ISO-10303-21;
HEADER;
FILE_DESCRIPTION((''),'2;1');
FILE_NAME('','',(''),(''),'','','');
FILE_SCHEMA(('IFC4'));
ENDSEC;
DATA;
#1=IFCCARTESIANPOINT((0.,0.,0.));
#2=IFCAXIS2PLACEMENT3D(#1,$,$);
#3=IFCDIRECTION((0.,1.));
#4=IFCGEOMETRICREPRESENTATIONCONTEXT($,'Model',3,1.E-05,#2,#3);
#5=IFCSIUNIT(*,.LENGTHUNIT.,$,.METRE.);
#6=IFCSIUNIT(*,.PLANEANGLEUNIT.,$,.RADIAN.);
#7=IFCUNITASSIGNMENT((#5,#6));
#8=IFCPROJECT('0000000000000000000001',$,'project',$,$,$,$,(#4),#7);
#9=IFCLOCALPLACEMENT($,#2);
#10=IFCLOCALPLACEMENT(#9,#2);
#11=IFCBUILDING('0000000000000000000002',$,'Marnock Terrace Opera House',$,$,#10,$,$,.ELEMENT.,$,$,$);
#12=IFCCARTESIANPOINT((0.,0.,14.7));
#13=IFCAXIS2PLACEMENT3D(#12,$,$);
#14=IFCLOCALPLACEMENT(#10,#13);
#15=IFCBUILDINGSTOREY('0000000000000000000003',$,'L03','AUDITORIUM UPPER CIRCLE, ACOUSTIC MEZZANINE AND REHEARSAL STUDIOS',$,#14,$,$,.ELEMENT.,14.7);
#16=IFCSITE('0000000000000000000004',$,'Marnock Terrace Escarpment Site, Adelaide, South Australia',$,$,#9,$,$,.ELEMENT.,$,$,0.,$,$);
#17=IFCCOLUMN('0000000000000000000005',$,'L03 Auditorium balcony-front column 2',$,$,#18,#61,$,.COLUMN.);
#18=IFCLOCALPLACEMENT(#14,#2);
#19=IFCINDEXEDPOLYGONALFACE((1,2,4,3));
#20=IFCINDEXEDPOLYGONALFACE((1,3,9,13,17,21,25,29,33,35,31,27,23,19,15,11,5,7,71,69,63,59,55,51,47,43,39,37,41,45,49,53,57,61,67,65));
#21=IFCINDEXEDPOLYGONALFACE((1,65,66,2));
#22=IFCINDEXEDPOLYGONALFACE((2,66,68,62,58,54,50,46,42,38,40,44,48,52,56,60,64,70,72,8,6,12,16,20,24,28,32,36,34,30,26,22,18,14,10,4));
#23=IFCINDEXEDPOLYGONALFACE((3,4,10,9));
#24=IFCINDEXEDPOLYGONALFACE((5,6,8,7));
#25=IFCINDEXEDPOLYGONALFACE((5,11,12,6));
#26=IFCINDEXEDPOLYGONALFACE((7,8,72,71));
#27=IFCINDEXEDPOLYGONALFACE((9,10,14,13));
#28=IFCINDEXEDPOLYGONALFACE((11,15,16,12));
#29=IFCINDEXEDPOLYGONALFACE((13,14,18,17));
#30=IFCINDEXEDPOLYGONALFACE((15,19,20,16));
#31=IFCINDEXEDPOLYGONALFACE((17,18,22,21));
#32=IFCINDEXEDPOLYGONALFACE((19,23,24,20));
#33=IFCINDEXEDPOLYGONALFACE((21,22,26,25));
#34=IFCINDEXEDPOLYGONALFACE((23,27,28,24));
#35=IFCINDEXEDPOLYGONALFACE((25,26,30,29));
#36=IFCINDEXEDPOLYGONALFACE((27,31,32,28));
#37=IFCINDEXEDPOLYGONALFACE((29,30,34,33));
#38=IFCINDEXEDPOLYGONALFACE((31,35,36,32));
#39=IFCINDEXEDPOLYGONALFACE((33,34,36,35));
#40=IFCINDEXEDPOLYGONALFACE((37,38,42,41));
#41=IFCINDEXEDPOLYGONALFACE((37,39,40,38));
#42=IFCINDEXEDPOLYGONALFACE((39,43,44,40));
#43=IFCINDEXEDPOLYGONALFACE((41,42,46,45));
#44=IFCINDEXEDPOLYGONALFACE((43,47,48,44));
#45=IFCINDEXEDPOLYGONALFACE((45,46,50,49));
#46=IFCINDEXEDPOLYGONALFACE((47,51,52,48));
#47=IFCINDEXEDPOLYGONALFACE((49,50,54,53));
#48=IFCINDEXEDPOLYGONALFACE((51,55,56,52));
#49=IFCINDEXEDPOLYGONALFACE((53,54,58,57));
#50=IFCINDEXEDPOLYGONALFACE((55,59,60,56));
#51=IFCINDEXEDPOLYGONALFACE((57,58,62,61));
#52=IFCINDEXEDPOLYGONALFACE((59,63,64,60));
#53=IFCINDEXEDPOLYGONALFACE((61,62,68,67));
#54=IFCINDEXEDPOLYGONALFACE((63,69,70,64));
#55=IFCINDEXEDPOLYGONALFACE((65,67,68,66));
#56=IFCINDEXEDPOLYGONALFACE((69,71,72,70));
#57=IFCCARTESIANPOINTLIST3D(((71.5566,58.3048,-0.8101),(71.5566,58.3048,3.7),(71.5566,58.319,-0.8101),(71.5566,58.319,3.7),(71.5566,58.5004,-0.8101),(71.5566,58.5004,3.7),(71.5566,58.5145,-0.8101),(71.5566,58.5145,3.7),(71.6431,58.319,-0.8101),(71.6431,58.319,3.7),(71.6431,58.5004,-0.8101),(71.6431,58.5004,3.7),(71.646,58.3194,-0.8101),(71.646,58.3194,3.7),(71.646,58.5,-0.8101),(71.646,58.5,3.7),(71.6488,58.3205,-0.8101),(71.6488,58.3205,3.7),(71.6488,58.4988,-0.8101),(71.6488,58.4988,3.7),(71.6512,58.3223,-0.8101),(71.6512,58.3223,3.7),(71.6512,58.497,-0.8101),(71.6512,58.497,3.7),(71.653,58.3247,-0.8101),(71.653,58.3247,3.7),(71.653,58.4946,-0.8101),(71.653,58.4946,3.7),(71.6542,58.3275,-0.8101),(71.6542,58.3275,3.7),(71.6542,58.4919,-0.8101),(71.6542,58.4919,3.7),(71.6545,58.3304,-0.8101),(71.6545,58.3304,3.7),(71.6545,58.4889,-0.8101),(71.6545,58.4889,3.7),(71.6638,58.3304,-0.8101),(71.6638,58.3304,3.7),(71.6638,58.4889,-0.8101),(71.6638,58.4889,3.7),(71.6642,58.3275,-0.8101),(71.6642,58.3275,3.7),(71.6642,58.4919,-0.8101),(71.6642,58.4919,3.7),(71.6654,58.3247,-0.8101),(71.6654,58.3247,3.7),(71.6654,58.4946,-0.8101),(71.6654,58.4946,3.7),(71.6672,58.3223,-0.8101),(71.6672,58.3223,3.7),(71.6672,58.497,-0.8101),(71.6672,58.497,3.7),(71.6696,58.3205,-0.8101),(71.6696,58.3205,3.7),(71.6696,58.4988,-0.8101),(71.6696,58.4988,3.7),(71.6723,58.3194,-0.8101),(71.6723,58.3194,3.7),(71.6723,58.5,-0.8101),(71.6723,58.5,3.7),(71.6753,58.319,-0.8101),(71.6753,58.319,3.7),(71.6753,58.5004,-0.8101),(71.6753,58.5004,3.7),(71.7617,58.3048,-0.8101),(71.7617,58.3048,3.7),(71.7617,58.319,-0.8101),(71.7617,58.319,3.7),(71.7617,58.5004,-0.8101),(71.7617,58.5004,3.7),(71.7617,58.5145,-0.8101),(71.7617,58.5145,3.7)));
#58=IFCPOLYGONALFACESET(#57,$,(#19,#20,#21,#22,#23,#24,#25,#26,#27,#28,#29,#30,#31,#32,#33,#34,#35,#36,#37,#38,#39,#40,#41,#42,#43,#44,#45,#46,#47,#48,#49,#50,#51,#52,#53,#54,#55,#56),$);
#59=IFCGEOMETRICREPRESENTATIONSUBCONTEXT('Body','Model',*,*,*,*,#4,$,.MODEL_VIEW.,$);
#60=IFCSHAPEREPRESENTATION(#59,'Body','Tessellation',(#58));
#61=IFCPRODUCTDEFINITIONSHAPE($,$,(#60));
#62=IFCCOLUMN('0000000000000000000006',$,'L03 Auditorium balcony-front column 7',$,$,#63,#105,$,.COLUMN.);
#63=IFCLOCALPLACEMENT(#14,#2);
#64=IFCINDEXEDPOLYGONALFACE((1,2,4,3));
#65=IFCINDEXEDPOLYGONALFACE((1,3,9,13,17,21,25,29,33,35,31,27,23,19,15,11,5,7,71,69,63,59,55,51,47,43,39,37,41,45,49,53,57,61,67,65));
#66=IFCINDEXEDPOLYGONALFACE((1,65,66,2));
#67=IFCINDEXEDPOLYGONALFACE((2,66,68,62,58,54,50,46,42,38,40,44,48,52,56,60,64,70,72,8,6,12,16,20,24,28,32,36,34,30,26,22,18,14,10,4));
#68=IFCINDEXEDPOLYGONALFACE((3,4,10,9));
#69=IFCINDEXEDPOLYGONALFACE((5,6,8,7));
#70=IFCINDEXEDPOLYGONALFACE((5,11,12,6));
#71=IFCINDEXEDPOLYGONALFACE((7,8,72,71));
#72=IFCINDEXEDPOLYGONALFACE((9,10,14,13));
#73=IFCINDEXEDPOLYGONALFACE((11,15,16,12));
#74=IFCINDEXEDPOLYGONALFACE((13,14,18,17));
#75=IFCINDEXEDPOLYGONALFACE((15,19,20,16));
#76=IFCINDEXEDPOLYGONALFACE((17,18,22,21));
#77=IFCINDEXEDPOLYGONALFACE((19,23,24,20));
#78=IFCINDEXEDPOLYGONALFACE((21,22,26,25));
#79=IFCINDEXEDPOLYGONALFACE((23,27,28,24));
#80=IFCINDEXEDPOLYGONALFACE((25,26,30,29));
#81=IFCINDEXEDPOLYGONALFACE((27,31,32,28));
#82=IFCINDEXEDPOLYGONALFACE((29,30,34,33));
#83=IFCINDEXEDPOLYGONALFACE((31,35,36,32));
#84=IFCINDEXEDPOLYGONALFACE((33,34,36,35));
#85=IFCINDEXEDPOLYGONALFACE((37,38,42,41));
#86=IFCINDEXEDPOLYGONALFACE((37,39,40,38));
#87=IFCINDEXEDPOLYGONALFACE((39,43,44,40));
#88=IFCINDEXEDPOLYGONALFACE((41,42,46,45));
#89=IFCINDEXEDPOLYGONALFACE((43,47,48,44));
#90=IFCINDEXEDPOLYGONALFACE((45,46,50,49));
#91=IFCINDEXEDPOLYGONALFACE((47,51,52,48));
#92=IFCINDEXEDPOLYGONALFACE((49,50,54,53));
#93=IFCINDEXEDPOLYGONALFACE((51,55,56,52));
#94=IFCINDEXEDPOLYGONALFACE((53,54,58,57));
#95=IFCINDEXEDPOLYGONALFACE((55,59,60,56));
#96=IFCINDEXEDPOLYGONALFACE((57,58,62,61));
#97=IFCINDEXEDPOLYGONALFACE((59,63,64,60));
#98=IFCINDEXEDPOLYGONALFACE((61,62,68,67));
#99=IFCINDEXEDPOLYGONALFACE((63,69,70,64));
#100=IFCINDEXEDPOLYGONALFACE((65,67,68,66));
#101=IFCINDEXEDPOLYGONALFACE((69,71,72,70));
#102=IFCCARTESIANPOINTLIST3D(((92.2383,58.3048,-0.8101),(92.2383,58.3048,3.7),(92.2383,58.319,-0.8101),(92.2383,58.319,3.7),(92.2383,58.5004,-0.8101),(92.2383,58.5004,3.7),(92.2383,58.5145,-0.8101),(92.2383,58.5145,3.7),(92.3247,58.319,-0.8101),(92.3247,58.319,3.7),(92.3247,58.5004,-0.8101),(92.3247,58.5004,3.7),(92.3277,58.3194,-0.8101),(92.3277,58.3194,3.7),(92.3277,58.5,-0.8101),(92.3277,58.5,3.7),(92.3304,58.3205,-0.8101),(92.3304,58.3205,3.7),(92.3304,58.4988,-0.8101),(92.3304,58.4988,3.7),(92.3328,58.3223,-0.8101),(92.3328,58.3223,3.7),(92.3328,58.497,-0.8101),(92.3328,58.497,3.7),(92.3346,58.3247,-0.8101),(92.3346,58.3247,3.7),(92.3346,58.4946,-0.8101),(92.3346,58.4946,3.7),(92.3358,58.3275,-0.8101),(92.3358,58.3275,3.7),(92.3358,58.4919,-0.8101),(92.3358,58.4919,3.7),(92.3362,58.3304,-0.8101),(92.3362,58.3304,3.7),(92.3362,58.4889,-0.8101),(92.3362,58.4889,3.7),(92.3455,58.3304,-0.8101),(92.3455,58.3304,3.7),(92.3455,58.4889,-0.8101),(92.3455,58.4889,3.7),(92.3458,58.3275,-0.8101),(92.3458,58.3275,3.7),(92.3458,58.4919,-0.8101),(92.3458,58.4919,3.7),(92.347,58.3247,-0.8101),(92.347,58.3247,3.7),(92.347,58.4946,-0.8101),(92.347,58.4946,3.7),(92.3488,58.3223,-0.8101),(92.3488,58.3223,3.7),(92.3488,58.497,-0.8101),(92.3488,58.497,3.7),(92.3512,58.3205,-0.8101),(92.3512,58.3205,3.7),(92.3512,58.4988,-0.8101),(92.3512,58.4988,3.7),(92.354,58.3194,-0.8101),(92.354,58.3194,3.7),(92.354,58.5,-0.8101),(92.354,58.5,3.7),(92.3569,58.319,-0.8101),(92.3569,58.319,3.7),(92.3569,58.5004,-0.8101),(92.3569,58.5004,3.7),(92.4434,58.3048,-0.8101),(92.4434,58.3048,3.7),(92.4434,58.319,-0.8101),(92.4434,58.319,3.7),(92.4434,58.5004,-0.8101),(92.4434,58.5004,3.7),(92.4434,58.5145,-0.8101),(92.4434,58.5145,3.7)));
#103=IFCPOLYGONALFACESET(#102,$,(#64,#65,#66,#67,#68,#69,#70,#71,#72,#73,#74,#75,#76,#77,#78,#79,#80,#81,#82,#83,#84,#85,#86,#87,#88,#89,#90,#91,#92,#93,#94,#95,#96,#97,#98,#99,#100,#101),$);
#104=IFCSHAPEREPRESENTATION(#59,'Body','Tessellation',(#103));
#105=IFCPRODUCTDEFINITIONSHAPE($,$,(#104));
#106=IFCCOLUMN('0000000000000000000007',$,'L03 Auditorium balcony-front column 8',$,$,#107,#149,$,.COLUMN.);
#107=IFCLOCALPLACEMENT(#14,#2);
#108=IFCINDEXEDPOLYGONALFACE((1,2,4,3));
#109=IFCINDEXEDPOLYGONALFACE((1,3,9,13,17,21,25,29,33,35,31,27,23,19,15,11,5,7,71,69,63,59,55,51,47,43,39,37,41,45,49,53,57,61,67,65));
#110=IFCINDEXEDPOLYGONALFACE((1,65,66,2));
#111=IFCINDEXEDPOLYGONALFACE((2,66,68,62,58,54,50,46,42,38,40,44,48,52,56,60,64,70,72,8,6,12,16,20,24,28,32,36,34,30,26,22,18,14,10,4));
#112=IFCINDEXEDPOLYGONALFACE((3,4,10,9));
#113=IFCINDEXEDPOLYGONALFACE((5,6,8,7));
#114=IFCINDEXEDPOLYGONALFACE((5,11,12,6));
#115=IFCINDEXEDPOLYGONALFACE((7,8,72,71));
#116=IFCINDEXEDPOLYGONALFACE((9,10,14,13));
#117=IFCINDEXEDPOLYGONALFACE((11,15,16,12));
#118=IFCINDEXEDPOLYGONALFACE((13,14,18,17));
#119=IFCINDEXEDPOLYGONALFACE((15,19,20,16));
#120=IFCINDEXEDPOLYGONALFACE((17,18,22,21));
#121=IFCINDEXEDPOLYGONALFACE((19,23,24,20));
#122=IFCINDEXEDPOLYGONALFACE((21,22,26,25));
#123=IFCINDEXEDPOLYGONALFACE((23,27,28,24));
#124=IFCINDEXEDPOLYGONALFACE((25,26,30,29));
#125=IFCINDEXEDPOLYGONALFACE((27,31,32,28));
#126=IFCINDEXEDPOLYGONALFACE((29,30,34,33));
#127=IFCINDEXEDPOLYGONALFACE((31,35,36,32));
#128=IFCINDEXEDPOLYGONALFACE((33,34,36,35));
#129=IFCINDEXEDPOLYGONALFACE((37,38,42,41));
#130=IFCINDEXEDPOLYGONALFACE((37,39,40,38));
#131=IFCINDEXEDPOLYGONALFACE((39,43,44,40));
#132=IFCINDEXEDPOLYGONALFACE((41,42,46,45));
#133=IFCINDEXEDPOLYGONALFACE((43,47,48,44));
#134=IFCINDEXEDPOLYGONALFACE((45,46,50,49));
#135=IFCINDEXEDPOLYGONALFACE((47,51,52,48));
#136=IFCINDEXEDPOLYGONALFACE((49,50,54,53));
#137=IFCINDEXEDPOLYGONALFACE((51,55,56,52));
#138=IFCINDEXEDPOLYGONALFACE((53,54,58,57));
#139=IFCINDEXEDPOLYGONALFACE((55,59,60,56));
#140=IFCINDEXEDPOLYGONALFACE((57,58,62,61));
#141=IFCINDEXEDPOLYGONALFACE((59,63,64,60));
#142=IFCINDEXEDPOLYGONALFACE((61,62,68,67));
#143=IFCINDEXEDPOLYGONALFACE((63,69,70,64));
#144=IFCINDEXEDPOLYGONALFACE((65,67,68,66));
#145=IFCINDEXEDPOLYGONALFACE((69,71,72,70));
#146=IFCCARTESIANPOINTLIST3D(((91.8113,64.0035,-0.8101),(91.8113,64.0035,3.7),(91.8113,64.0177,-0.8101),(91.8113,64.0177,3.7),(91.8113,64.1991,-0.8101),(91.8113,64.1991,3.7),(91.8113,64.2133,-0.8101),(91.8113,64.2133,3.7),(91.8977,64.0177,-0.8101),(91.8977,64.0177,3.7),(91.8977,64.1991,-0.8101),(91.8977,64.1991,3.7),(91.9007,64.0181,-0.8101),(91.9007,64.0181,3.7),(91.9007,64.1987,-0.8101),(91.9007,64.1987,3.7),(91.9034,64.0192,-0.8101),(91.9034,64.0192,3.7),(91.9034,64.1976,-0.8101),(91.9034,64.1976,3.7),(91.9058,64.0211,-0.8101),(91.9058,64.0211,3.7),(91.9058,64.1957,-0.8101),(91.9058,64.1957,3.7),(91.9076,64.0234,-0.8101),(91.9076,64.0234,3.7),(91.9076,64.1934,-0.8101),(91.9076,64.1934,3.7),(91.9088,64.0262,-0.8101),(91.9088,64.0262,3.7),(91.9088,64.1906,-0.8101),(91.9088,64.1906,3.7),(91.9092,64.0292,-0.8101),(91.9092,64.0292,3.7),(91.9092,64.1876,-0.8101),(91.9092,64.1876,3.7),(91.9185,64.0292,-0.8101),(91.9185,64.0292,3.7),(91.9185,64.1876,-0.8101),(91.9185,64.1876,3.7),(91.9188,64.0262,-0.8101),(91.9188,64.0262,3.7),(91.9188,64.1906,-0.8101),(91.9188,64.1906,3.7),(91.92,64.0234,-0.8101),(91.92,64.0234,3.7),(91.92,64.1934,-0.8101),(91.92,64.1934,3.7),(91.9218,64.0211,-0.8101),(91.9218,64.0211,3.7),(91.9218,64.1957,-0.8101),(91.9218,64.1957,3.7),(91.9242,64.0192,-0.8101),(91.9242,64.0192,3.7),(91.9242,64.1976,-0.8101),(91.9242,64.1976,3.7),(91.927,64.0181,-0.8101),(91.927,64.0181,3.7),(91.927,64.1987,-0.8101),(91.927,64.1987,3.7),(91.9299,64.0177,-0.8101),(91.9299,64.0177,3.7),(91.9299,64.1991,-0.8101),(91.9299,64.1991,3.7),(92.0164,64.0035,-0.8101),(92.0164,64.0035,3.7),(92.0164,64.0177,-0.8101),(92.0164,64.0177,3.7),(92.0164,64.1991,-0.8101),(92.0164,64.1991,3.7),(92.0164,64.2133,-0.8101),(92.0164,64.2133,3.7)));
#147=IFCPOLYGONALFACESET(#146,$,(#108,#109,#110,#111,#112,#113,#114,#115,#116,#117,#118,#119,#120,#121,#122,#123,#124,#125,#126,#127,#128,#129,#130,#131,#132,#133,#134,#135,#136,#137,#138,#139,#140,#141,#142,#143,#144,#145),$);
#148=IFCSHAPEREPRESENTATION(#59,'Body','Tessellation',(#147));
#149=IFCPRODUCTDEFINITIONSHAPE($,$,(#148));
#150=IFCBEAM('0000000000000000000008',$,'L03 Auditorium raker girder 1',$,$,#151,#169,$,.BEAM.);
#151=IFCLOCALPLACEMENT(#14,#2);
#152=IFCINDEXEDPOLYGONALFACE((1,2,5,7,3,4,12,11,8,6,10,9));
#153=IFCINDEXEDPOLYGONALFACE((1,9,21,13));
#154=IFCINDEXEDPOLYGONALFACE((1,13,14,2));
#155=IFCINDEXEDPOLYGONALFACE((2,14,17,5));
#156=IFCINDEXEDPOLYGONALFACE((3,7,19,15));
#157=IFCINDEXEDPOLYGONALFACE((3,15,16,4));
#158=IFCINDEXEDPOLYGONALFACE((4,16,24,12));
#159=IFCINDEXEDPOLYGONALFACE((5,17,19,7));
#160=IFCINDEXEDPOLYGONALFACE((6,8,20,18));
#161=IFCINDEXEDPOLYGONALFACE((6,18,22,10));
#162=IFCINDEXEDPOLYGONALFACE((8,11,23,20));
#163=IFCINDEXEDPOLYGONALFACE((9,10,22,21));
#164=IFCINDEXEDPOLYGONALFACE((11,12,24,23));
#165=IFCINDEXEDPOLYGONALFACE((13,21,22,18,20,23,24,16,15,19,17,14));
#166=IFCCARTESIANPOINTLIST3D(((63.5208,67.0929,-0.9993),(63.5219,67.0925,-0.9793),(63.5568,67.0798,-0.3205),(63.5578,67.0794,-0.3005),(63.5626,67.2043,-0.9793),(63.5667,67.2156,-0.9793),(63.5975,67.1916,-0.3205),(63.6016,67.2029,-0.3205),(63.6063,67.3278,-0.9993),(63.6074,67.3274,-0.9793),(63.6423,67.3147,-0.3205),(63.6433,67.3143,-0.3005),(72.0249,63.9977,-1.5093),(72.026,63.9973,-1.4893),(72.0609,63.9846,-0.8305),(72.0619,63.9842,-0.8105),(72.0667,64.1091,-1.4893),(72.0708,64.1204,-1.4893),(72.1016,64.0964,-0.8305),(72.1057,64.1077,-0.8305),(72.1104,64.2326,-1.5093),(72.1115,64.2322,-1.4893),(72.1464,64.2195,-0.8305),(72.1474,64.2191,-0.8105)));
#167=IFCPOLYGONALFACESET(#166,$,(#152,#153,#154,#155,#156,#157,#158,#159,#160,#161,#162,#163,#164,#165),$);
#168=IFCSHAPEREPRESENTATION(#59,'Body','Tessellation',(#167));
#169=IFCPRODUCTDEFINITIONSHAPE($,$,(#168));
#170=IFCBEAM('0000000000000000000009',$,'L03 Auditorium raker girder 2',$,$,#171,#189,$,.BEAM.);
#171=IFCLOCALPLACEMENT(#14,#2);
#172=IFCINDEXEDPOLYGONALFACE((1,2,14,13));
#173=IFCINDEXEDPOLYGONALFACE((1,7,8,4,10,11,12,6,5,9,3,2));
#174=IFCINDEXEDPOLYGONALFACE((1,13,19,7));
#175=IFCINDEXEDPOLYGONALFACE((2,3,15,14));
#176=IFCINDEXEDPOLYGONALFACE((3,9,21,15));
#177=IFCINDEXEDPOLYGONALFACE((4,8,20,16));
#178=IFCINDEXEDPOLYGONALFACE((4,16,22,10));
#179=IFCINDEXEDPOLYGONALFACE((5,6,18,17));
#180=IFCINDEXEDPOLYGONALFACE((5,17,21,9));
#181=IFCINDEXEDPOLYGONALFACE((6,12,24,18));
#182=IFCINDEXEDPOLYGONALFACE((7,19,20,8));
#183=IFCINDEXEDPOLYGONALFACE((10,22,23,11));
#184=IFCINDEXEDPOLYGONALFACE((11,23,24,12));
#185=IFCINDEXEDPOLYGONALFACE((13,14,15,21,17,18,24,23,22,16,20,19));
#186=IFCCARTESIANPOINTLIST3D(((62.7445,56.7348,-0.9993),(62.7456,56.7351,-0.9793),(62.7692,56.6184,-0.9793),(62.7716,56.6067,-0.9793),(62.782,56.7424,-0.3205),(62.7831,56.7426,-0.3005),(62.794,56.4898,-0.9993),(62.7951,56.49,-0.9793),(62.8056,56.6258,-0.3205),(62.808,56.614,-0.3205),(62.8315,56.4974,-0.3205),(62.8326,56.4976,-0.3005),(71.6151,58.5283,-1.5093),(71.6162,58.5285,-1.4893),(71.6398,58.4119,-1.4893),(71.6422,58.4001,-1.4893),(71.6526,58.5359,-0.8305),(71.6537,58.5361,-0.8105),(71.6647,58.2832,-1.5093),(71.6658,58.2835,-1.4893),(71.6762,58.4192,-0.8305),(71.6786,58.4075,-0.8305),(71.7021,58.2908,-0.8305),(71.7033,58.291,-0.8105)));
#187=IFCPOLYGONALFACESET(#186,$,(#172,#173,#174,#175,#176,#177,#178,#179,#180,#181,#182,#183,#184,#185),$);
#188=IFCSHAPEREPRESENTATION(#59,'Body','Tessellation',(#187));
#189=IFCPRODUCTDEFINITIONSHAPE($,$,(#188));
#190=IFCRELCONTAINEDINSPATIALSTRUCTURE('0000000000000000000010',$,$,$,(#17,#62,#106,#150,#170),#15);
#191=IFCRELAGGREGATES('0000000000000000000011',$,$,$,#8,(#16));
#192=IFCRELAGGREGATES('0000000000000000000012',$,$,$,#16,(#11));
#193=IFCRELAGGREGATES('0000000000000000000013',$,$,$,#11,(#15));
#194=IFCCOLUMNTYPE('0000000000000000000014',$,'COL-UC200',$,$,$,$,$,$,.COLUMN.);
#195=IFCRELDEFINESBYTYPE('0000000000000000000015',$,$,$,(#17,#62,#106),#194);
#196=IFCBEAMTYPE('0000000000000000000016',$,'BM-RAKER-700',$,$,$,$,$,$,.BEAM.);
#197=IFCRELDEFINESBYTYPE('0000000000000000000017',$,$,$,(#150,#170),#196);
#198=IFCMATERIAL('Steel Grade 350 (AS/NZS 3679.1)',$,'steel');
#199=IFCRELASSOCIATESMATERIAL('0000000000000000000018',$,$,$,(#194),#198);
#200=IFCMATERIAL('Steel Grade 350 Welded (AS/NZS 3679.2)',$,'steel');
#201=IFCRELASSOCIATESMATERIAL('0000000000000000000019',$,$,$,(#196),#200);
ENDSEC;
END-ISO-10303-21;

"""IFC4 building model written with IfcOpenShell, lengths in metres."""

from ifc_helpers import new_model, si_unit, direction, frame, origin, origin_2d, place, context, subcontext, project, spatial, i_section, extrude, material, material_profile, profile_set, type_object, element, save


model = new_model("IFC4")

# Units and contexts
model_context = context("Model", 3, precision=1e-05, world=origin(), true_north=direction((0.0, 1.0)))
body_context = subcontext(model_context, "Body", "Model", "MODEL_VIEW")
ifc_project = project(units=[si_unit("LENGTHUNIT", "METRE"), si_unit("PLANEANGLEUNIT", "RADIAN")], contexts=[model_context])

# Site, building, storey
site_placement = place(None, origin())
site = spatial("IfcSite", under=ifc_project, at=site_placement, Name="Marnock Terrace Escarpment Site, Adelaide, South Australia", CompositionType="ELEMENT", RefElevation=0.0)
building_placement = place(site_placement, origin())
building = spatial("IfcBuilding", under=site, at=building_placement, Name="Marnock Terrace Opera House", CompositionType="ELEMENT")
storey_placement = place(building_placement, frame((0.0, 0.0, 14.7)))
storey = spatial("IfcBuildingStorey", under=building, at=storey_placement, Name="L03", Description="AUDITORIUM UPPER CIRCLE, ACOUSTIC MEZZANINE AND REHEARSAL STUDIOS", CompositionType="ELEMENT", Elevation=14.7)

# Columns
ifc_material_1 = material(Name="Steel Grade 350 (AS/NZS 3679.1)", Category="steel")
ifc_material_profile_1 = material_profile(ifc_material_1, i_section(OverallWidth=0.2051, OverallDepth=0.2097, WebThickness=0.0093, FlangeThickness=0.0142, FilletRadius=0.0115, at=origin_2d()))
ifc_profile_set_1 = profile_set([ifc_material_profile_1], Name="Steel Grade 350 (AS/NZS 3679.1)")
column_type_1 = type_object("IfcColumnType", Name="COL-UC200", PredefinedType="COLUMN", material=ifc_profile_set_1)
for number, where, z_axis, x_axis, name in (
    (1, (71.6592, 58.4097, -0.8101), (0.0, 0.0, 1.0), (1.0, 0.0, 0.0), "L03 Auditorium balcony-front column 2"),
    (2, (92.3408, 58.4097, -0.8101), (0.0, 0.0, 1.0), (1.0, 0.0, 0.0), "L03 Auditorium balcony-front column 7"),
    (3, (91.9138, 64.1084, -0.8101), (0.0, 0.0, 1.0), (1.0, 0.0, 0.0), "L03 Auditorium balcony-front column 8"),
):
    element("IfcColumn", number, at=place(storey_placement, frame(where, z_axis=z_axis, x_axis=x_axis)), inside=storey, type_object=column_type_1, Name=name, PredefinedType="COLUMN", context=body_context, shape_type="SweptSolid", body=[
        extrude(i_section(OverallWidth=0.2051, OverallDepth=0.2097, WebThickness=0.0093, FlangeThickness=0.0142, FilletRadius=0.0115, at=origin_2d()), origin(), (0.0, 0.0, 1.0), 4.51),
    ])

# Beams
ifc_material_2 = material(Name="Steel Grade 350 Welded (AS/NZS 3679.2)", Category="steel")
ifc_material_profile_2 = material_profile(ifc_material_2, i_section(OverallWidth=0.25, OverallDepth=0.7, WebThickness=0.012, FlangeThickness=0.02, at=origin_2d()))
ifc_profile_set_2 = profile_set([ifc_material_profile_2], Name="Steel Grade 350 Welded (AS/NZS 3679.2)")
beam_type = type_object("IfcBeamType", Name="BM-RAKER-700", PredefinedType="BEAM", material=ifc_profile_set_2)
beam_1_placement = place(storey_placement, frame((72.0862, 64.1084, -1.1599), z_axis=(-0.938205, 0.341474, 0.056266), x_axis=(-0.342016, -0.939694, 0.0)))
element("IfcBeam", 4, at=beam_1_placement, inside=storey, type_object=beam_type, Name="L03 Auditorium raker girder 1", PredefinedType="BEAM", context=body_context, shape_type="SweptSolid", body=[
    extrude(i_section(OverallWidth=0.25, OverallDepth=0.7, WebThickness=0.012, FlangeThickness=0.02, at=origin_2d()), origin(), (0.0, 0.0, 1.0), 9.0642),
])
for number, where, z_axis, x_axis, name in (
    (5, (71.6592, 58.4097, -1.1599), (-0.978615, -0.197856, 0.056265), (0.19817, -0.980168, 0.0), "L03 Auditorium raker girder 2"),
):
    element("IfcBeam", number, at=place(storey_placement, frame(where, z_axis=z_axis, x_axis=x_axis)), inside=storey, type_object=beam_type, Name=name, PredefinedType="BEAM", context=body_context, shape_type="SweptSolid", body=[
        extrude(i_section(OverallWidth=0.25, OverallDepth=0.7, WebThickness=0.012, FlangeThickness=0.02, at=origin_2d()), origin(), (0.0, 0.0, 1.0), 9.0645),
    ])

save(model, "model.ifc")
